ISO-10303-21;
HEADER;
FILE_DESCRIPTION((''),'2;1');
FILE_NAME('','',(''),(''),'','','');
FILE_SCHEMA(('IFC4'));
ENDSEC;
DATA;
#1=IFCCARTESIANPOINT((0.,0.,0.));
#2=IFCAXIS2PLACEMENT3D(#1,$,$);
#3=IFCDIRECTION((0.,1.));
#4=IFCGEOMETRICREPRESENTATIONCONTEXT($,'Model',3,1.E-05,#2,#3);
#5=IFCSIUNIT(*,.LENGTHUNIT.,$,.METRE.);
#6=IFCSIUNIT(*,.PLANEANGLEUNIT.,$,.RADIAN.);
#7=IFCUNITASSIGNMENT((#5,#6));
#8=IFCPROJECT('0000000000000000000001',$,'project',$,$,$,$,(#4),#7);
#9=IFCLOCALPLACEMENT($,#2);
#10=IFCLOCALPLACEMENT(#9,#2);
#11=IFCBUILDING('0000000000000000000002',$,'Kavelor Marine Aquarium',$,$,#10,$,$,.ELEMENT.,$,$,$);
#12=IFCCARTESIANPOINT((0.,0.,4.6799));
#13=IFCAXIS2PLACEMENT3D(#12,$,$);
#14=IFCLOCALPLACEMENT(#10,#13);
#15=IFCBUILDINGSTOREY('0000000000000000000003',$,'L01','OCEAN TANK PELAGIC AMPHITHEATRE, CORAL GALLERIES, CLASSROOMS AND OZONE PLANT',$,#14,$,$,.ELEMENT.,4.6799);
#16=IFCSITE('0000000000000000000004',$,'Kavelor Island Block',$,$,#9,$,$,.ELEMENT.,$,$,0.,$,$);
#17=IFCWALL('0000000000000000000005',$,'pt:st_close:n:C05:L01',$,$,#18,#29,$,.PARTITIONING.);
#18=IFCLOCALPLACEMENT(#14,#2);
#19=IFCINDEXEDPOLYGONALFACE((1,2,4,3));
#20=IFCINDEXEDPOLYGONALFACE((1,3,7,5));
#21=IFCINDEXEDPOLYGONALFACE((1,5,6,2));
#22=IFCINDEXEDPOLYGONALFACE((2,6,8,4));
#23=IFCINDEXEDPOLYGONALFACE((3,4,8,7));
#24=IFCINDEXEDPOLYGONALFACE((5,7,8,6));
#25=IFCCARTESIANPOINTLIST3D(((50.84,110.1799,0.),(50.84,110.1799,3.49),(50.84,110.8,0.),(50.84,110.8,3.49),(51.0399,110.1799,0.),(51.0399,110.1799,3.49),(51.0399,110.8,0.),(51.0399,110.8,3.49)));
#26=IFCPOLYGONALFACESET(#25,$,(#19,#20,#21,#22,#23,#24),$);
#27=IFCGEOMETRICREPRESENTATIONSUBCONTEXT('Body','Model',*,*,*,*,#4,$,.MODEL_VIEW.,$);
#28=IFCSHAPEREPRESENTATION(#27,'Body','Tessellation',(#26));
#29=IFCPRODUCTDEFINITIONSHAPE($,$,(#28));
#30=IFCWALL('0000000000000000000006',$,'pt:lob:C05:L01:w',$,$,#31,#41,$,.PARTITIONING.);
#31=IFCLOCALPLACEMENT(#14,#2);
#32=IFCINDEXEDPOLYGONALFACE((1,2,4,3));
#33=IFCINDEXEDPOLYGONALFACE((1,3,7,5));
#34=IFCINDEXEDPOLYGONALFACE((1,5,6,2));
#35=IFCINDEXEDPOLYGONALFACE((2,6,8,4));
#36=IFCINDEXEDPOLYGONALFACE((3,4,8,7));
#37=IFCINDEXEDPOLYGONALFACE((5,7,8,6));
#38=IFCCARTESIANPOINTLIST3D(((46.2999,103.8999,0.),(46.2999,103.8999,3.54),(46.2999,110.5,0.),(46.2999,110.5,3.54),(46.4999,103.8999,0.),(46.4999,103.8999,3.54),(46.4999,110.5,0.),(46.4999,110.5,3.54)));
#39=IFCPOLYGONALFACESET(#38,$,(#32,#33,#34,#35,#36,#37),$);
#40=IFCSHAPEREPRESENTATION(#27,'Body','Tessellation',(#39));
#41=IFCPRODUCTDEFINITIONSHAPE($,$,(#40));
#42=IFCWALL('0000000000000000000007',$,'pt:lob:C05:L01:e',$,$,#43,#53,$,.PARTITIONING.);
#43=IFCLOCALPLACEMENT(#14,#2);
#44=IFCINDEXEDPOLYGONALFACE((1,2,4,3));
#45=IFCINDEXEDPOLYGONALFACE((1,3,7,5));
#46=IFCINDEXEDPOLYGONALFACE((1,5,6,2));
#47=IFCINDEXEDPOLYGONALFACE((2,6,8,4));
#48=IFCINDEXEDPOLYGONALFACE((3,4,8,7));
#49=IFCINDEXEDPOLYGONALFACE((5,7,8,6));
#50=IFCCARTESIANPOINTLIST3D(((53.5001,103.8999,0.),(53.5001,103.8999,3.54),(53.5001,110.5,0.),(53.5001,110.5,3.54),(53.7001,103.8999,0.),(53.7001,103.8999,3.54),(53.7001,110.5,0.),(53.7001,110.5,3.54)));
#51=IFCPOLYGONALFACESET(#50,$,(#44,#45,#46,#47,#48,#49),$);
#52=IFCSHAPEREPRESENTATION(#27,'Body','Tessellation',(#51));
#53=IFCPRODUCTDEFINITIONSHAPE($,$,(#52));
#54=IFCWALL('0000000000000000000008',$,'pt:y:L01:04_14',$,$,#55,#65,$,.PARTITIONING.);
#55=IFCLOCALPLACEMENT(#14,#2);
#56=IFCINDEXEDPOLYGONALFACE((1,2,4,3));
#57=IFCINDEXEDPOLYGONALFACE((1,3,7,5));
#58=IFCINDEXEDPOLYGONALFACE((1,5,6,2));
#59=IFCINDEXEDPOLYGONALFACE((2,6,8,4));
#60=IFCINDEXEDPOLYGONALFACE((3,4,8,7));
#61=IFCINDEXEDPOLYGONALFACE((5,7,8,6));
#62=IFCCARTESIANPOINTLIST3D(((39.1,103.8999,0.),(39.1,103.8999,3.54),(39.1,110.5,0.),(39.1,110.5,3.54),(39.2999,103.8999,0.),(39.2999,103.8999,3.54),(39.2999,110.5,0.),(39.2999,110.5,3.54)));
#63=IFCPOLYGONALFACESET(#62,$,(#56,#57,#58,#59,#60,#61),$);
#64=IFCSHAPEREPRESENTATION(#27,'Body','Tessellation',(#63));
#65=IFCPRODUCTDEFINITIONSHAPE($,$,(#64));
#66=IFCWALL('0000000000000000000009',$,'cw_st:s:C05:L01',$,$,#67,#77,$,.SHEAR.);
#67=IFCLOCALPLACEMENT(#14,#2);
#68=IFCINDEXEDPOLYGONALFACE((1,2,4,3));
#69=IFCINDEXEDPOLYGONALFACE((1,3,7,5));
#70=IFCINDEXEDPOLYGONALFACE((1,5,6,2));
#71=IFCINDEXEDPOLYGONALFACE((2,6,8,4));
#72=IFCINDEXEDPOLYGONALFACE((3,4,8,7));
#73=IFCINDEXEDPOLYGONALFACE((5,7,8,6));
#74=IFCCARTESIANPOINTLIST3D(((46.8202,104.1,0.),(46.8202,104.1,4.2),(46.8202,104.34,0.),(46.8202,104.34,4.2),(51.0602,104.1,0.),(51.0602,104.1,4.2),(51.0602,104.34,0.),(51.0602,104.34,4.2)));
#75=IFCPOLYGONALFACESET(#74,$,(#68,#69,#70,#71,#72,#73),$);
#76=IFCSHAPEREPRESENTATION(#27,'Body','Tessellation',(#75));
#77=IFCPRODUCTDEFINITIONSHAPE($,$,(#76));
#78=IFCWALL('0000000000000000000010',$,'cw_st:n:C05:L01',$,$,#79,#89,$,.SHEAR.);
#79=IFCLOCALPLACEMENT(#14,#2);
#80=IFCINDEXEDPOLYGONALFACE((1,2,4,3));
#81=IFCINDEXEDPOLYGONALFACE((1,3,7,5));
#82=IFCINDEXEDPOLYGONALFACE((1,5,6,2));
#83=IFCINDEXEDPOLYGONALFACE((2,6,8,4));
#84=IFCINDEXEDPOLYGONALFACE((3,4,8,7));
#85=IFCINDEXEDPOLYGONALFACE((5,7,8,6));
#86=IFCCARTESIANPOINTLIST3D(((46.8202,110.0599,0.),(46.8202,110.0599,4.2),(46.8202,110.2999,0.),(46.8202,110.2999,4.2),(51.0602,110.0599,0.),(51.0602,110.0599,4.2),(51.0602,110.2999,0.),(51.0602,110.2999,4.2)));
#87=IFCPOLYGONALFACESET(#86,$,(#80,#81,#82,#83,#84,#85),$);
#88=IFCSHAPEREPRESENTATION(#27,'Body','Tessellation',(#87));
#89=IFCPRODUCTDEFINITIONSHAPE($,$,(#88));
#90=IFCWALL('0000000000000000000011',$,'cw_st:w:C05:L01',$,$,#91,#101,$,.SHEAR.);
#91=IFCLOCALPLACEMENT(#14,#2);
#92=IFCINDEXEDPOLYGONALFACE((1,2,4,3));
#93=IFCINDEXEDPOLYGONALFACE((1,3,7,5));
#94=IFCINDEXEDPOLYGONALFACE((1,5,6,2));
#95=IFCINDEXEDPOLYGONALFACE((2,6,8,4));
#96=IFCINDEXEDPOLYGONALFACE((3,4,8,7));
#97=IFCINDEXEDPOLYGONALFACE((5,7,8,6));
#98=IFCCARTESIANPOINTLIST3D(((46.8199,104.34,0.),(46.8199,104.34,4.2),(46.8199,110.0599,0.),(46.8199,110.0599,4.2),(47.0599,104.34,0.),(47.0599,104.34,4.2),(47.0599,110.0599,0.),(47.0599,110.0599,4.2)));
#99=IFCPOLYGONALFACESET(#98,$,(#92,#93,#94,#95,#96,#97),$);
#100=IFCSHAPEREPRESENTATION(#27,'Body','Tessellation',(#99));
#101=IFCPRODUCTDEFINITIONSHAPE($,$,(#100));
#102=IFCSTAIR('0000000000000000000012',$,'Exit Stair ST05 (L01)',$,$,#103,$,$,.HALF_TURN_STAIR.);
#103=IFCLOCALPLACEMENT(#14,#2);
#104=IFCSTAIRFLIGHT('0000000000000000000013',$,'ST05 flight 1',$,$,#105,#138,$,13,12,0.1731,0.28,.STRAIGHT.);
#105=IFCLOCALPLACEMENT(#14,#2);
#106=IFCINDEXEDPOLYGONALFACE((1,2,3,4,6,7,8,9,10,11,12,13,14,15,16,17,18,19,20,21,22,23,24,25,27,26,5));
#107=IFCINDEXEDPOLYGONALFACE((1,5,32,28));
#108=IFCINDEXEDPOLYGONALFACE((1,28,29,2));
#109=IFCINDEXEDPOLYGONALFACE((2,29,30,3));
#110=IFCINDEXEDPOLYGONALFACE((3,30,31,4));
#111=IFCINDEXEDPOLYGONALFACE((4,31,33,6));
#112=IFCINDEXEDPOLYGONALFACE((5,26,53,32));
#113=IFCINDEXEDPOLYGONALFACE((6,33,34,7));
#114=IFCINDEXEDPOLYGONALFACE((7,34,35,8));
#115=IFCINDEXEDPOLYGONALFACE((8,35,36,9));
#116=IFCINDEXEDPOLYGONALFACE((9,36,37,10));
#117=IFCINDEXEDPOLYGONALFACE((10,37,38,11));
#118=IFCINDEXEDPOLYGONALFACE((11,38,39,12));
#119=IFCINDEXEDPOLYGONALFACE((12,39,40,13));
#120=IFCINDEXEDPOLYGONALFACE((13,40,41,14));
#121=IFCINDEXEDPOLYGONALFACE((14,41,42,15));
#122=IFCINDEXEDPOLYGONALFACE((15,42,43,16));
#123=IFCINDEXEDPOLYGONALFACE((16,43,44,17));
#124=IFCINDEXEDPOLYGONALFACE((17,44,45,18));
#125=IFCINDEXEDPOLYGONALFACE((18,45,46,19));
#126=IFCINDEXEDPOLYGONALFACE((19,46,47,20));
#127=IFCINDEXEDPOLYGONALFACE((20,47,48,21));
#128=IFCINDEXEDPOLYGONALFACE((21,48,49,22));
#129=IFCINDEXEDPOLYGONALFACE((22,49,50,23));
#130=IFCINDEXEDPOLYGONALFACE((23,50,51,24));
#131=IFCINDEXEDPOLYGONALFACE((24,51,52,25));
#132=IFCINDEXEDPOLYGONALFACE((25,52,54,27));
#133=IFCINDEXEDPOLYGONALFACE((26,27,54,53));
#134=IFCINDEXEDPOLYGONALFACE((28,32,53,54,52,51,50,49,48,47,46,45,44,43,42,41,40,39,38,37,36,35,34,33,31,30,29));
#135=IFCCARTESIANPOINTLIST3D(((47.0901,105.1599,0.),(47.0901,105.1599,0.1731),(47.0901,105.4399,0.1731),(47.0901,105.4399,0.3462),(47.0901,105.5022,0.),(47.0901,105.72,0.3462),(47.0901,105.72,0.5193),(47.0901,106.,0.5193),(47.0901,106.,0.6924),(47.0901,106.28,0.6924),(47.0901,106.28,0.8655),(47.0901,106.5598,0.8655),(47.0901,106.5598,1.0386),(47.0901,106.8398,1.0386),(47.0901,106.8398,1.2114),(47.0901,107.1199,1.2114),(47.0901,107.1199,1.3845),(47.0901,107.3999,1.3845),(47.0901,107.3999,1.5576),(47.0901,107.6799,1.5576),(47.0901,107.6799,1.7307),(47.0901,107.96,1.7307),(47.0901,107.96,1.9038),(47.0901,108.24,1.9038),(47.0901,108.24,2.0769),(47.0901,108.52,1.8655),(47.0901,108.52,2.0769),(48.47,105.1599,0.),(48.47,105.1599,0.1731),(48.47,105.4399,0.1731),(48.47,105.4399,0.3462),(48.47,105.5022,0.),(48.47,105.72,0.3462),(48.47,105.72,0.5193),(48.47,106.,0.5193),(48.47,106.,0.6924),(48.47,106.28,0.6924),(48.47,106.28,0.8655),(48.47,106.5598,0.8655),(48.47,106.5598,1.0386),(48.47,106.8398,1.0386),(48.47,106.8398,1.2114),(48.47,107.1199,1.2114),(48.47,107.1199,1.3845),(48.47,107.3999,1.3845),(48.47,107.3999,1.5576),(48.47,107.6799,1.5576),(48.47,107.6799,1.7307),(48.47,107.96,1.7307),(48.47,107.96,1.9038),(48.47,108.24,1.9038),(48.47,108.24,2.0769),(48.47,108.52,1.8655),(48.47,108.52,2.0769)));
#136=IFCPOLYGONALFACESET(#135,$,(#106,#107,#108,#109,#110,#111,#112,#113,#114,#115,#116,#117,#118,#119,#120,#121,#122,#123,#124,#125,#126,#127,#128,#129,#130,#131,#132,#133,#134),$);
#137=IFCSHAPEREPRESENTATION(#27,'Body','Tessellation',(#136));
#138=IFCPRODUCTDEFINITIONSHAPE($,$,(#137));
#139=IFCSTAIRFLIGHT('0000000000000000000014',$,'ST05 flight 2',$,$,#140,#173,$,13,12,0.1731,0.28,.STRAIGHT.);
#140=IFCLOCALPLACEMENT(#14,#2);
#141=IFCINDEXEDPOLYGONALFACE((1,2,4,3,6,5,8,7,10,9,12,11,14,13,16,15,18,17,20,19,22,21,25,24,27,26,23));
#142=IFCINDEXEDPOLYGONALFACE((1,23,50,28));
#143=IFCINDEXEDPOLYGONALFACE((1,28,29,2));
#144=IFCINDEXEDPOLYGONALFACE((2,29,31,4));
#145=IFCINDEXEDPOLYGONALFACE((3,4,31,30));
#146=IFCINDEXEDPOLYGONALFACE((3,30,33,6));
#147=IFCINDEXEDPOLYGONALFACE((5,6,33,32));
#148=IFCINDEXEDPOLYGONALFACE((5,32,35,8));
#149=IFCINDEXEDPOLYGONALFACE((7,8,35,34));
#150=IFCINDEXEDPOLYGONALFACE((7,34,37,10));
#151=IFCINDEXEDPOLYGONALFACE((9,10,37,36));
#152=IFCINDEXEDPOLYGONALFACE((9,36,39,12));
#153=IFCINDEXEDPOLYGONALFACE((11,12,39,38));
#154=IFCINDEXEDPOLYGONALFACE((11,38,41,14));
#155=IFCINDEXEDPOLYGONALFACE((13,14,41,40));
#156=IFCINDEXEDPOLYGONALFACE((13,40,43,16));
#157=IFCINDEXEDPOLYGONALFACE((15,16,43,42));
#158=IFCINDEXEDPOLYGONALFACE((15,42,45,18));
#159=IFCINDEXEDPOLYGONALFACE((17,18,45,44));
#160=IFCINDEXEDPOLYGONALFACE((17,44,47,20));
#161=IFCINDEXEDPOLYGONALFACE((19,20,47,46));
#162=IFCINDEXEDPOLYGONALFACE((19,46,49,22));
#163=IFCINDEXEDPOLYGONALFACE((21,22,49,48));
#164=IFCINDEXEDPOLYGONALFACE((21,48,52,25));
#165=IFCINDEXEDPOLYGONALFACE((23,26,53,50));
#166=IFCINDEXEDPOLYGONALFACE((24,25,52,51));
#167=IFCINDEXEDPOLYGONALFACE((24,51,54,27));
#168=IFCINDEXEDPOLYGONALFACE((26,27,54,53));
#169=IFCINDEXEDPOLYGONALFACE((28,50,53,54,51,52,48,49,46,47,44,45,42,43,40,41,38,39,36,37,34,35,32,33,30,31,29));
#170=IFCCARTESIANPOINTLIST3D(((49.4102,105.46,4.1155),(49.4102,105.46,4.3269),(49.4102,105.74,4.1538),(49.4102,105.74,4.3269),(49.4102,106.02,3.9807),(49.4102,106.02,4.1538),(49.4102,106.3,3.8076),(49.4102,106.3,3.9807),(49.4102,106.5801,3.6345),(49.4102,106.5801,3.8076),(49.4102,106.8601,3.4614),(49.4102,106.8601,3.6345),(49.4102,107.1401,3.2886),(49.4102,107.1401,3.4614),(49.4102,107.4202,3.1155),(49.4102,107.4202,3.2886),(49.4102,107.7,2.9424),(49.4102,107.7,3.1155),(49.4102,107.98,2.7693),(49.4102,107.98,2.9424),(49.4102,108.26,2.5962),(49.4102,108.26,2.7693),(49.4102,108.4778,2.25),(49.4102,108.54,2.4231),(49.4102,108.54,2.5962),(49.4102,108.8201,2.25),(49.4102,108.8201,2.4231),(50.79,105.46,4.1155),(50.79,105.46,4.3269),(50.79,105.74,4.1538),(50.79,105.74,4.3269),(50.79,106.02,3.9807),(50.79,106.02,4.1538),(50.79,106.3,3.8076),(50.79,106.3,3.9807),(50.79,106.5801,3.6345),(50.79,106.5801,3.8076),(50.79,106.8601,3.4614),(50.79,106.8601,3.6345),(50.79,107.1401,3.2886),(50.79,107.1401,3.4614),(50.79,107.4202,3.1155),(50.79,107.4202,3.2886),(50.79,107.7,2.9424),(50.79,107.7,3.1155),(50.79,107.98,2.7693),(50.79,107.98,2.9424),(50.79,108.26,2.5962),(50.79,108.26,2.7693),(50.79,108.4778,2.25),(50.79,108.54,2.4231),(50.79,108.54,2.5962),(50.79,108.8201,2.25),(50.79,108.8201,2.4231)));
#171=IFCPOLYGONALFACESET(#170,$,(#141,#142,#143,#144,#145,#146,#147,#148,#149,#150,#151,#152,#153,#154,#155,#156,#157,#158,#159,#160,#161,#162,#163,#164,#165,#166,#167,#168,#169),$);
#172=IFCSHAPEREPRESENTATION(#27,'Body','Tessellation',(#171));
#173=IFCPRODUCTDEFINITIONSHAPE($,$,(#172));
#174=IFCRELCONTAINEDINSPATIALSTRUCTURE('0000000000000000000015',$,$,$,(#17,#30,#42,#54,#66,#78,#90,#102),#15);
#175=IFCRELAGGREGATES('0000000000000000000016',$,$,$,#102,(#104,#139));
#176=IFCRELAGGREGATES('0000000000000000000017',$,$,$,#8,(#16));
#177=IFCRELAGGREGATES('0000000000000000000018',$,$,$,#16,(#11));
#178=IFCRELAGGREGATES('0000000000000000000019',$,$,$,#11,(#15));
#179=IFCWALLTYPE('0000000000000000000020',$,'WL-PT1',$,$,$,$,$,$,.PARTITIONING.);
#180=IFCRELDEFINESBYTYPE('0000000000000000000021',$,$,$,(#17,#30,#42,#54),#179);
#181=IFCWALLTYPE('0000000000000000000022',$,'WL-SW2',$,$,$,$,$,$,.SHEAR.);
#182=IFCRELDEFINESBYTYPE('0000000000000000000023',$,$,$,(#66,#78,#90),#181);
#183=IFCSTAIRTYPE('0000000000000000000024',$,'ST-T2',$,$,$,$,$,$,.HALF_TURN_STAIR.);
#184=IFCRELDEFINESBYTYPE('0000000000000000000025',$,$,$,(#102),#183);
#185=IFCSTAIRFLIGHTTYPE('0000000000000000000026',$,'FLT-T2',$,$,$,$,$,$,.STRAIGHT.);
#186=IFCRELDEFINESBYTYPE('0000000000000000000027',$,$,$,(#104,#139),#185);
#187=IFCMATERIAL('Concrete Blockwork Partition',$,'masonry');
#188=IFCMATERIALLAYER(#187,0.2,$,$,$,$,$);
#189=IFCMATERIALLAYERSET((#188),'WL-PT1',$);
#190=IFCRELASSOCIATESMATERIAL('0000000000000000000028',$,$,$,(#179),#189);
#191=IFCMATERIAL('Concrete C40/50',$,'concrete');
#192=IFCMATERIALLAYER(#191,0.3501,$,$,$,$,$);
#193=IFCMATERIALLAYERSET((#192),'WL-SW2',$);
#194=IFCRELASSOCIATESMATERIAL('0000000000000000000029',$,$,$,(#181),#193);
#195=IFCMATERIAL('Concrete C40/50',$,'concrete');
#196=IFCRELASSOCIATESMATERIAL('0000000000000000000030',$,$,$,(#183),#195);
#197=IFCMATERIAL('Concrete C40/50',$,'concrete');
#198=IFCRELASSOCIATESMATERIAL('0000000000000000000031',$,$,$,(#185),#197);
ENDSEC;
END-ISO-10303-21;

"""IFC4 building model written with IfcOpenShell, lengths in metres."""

from ifc_helpers import new_model, si_unit, direction, frame, frame_2d, origin, place, context, subcontext, project, spatial, polyline, rectangle, outline, extrude, material, layer, layer_set, type_object, element, aggregate, save


model = new_model("IFC4")

# Units and contexts
model_context = context("Model", 3, precision=1e-05, world=origin(), true_north=direction((0.0, 1.0)))
body_context = subcontext(model_context, "Body", "Model", "MODEL_VIEW")
ifc_project = project(units=[si_unit("LENGTHUNIT", "METRE"), si_unit("PLANEANGLEUNIT", "RADIAN")], contexts=[model_context])

# Site, building, storey
site_placement = place(None, origin())
site = spatial("IfcSite", under=ifc_project, at=site_placement, Name="Kavelor Island Block", CompositionType="ELEMENT", RefElevation=0.0)
building_placement = place(site_placement, origin())
building = spatial("IfcBuilding", under=site, at=building_placement, Name="Kavelor Marine Aquarium", CompositionType="ELEMENT")
storey_placement = place(building_placement, frame((0.0, 0.0, 4.6799)))
storey = spatial("IfcBuildingStorey", under=building, at=storey_placement, Name="L01", Description="OCEAN TANK PELAGIC AMPHITHEATRE, CORAL GALLERIES, CLASSROOMS AND OZONE PLANT", CompositionType="ELEMENT", Elevation=4.6799)

# Walls
ifc_material_1 = material(Name="Concrete Blockwork Partition", Category="masonry")
ifc_layer_1 = layer(ifc_material_1, 0.2)
ifc_layer_set_1 = layer_set([ifc_layer_1], Name="WL-PT1")
wall_type_1 = type_object("IfcWallType", Name="WL-PT1", PredefinedType="PARTITIONING", material=ifc_layer_set_1)
wall_1_placement = place(storey_placement, frame((50.9399, 110.1799, 0.0), z_axis=(0.0, 0.0, 1.0), x_axis=(0.0, 1.0, 0.0)))
element("IfcWall", 1, at=wall_1_placement, inside=storey, type_object=wall_type_1, Name="pt:st_close:n:C05:L01", PredefinedType="PARTITIONING", context=body_context, shape_type="SweptSolid", body=[
    extrude(rectangle(XDim=0.6201, YDim=0.2, at=frame_2d((0.3101, 0.0))), origin(), (0.0, 0.0, 1.0), 3.49),
])
for number, where, z_axis, x_axis, name in (
    (2, (46.3999, 103.8999, 0.0), (0.0, 0.0, 1.0), (0.0, 1.0, 0.0), "pt:lob:C05:L01:w"),
    (3, (53.6001, 103.8999, 0.0), (0.0, 0.0, 1.0), (0.0, 1.0, 0.0), "pt:lob:C05:L01:e"),
    (4, (39.2, 103.8999, 0.0), (0.0, 0.0, 1.0), (0.0, 1.0, 0.0), "pt:y:L01:04_14"),
):
    element("IfcWall", number, at=place(storey_placement, frame(where, z_axis=z_axis, x_axis=x_axis)), inside=storey, type_object=wall_type_1, Name=name, PredefinedType="PARTITIONING", context=body_context, shape_type="SweptSolid", body=[
        extrude(rectangle(XDim=6.6001, YDim=0.2, at=frame_2d((3.3, 0.0))), origin(), (0.0, 0.0, 1.0), 3.54),
    ])
ifc_material_2 = material(Name="Concrete C40/50", Category="concrete")
ifc_layer_2 = layer(ifc_material_2, 0.3501)
ifc_layer_set_2 = layer_set([ifc_layer_2], Name="WL-SW2")
wall_type_2 = type_object("IfcWallType", Name="WL-SW2", PredefinedType="SHEAR", material=ifc_layer_set_2)
for number, where, z_axis, x_axis, name in (
    (5, (46.8201, 104.22, 0.0), (0.0, 0.0, 1.0), (1.0, 0.0, 0.0), "cw_st:s:C05:L01"),
    (6, (46.8201, 110.1799, 0.0), (0.0, 0.0, 1.0), (1.0, 0.0, 0.0), "cw_st:n:C05:L01"),
):
    element("IfcWall", number, at=place(storey_placement, frame(where, z_axis=z_axis, x_axis=x_axis)), inside=storey, type_object=wall_type_2, Name=name, PredefinedType="SHEAR", context=body_context, shape_type="SweptSolid", body=[
        extrude(rectangle(XDim=4.24, YDim=0.24, at=frame_2d((2.1201, 0.0))), origin(), (0.0, 0.0, 1.0), 4.2),
    ])
wall_2_placement = place(storey_placement, frame((46.9399, 104.3401, 0.0), z_axis=(0.0, 0.0, 1.0), x_axis=(0.0, 1.0, 0.0)))
element("IfcWall", 7, at=wall_2_placement, inside=storey, type_object=wall_type_2, Name="cw_st:w:C05:L01", PredefinedType="SHEAR", context=body_context, shape_type="SweptSolid", body=[
    extrude(rectangle(XDim=5.72, YDim=0.24, at=frame_2d((2.8599, 0.0))), origin(), (0.0, 0.0, 1.0), 4.2),
])

# Stair, stair flights
ifc_material_3 = material(Name="Concrete C40/50", Category="concrete")
stair_type = type_object("IfcStairType", Name="ST-T2", PredefinedType="HALF_TURN_STAIR", material=ifc_material_3)
stair_placement = place(storey_placement, origin())
stair = element("IfcStair", 8, at=stair_placement, inside=storey, type_object=stair_type, Name="Exit Stair ST05 (L01)", PredefinedType="HALF_TURN_STAIR")
ifc_material_4 = material(Name="Concrete C40/50", Category="concrete")
stair_flight_type = type_object("IfcStairFlightType", Name="FLT-T2", PredefinedType="STRAIGHT", material=ifc_material_4)
stair_flight_1_placement = place(storey_placement, frame((47.78, 105.1599, 0.0), z_axis=(0.0, 0.0, 1.0), x_axis=(0.0, 1.0, 0.0)))
stair_flight_1 = element("IfcStairFlight", 9, at=stair_flight_1_placement, type_object=stair_flight_type, Name="ST05 flight 1", NumberOfRisers=13, NumberOfTreads=12, PredefinedType="STRAIGHT", RiserHeight=0.1731, TreadLength=0.28, context=body_context, shape_type="SweptSolid", body=[
    extrude(outline(polyline([(0.0, 0.0), (0.0, 0.1731), (0.28, 0.1731), (0.28, 0.3462), (0.5601, 0.3462), (0.5601, 0.5193), (0.8401, 0.5193), (0.8401, 0.6924), (1.1201, 0.6924), (1.1201, 0.8655), (1.3999, 0.8655), (1.3999, 1.0386), (1.6799, 1.0386), (1.6799, 1.2114), (1.96, 1.2114), (1.96, 1.3845), (2.24, 1.3845), (2.24, 1.5576), (2.52, 1.5576), (2.52, 1.7307), (2.8, 1.7307), (2.8, 1.9038), (3.0801, 1.9038), (3.0801, 2.0769), (3.3601, 2.0769), (3.3601, 2.25), (3.3601, 1.8655), (0.3423, 0.0), (0.0, 0.0)])), frame((0.0, 0.6899, 0.0), z_axis=(0.0, -1.0, 0.0), x_axis=(1.0, 0.0, 0.0)), (0.0, 0.0, 1.0), 1.3799),
])
stair_flight_2_placement = place(storey_placement, frame((50.1001, 108.8201, 2.25), z_axis=(0.0, 0.0, 1.0), x_axis=(0.0, -1.0, 0.0)))
stair_flight_2 = element("IfcStairFlight", 10, at=stair_flight_2_placement, type_object=stair_flight_type, Name="ST05 flight 2", NumberOfRisers=13, NumberOfTreads=12, PredefinedType="STRAIGHT", RiserHeight=0.1731, TreadLength=0.28, context=body_context, shape_type="SweptSolid", body=[
    extrude(outline(polyline([(0.0, 0.0), (0.0, 0.1731), (0.28, 0.1731), (0.28, 0.3462), (0.5601, 0.3462), (0.5601, 0.5193), (0.8401, 0.5193), (0.8401, 0.6924), (1.1201, 0.6924), (1.1201, 0.8655), (1.3999, 0.8655), (1.3999, 1.0386), (1.6799, 1.0386), (1.6799, 1.2114), (1.96, 1.2114), (1.96, 1.3845), (2.24, 1.3845), (2.24, 1.5576), (2.52, 1.5576), (2.52, 1.7307), (2.8, 1.7307), (2.8, 1.9038), (3.0801, 1.9038), (3.0801, 2.0769), (3.3601, 2.0769), (3.3601, 2.25), (3.3601, 1.8655), (0.3423, 0.0), (0.0, 0.0)])), frame((0.0, 0.6899, 0.0), z_axis=(0.0, -1.0, 0.0), x_axis=(1.0, 0.0, 0.0)), (0.0, 0.0, 1.0), 1.3799),
])
aggregate(stair, [stair_flight_1, stair_flight_2])

save(model, "model.ifc")
